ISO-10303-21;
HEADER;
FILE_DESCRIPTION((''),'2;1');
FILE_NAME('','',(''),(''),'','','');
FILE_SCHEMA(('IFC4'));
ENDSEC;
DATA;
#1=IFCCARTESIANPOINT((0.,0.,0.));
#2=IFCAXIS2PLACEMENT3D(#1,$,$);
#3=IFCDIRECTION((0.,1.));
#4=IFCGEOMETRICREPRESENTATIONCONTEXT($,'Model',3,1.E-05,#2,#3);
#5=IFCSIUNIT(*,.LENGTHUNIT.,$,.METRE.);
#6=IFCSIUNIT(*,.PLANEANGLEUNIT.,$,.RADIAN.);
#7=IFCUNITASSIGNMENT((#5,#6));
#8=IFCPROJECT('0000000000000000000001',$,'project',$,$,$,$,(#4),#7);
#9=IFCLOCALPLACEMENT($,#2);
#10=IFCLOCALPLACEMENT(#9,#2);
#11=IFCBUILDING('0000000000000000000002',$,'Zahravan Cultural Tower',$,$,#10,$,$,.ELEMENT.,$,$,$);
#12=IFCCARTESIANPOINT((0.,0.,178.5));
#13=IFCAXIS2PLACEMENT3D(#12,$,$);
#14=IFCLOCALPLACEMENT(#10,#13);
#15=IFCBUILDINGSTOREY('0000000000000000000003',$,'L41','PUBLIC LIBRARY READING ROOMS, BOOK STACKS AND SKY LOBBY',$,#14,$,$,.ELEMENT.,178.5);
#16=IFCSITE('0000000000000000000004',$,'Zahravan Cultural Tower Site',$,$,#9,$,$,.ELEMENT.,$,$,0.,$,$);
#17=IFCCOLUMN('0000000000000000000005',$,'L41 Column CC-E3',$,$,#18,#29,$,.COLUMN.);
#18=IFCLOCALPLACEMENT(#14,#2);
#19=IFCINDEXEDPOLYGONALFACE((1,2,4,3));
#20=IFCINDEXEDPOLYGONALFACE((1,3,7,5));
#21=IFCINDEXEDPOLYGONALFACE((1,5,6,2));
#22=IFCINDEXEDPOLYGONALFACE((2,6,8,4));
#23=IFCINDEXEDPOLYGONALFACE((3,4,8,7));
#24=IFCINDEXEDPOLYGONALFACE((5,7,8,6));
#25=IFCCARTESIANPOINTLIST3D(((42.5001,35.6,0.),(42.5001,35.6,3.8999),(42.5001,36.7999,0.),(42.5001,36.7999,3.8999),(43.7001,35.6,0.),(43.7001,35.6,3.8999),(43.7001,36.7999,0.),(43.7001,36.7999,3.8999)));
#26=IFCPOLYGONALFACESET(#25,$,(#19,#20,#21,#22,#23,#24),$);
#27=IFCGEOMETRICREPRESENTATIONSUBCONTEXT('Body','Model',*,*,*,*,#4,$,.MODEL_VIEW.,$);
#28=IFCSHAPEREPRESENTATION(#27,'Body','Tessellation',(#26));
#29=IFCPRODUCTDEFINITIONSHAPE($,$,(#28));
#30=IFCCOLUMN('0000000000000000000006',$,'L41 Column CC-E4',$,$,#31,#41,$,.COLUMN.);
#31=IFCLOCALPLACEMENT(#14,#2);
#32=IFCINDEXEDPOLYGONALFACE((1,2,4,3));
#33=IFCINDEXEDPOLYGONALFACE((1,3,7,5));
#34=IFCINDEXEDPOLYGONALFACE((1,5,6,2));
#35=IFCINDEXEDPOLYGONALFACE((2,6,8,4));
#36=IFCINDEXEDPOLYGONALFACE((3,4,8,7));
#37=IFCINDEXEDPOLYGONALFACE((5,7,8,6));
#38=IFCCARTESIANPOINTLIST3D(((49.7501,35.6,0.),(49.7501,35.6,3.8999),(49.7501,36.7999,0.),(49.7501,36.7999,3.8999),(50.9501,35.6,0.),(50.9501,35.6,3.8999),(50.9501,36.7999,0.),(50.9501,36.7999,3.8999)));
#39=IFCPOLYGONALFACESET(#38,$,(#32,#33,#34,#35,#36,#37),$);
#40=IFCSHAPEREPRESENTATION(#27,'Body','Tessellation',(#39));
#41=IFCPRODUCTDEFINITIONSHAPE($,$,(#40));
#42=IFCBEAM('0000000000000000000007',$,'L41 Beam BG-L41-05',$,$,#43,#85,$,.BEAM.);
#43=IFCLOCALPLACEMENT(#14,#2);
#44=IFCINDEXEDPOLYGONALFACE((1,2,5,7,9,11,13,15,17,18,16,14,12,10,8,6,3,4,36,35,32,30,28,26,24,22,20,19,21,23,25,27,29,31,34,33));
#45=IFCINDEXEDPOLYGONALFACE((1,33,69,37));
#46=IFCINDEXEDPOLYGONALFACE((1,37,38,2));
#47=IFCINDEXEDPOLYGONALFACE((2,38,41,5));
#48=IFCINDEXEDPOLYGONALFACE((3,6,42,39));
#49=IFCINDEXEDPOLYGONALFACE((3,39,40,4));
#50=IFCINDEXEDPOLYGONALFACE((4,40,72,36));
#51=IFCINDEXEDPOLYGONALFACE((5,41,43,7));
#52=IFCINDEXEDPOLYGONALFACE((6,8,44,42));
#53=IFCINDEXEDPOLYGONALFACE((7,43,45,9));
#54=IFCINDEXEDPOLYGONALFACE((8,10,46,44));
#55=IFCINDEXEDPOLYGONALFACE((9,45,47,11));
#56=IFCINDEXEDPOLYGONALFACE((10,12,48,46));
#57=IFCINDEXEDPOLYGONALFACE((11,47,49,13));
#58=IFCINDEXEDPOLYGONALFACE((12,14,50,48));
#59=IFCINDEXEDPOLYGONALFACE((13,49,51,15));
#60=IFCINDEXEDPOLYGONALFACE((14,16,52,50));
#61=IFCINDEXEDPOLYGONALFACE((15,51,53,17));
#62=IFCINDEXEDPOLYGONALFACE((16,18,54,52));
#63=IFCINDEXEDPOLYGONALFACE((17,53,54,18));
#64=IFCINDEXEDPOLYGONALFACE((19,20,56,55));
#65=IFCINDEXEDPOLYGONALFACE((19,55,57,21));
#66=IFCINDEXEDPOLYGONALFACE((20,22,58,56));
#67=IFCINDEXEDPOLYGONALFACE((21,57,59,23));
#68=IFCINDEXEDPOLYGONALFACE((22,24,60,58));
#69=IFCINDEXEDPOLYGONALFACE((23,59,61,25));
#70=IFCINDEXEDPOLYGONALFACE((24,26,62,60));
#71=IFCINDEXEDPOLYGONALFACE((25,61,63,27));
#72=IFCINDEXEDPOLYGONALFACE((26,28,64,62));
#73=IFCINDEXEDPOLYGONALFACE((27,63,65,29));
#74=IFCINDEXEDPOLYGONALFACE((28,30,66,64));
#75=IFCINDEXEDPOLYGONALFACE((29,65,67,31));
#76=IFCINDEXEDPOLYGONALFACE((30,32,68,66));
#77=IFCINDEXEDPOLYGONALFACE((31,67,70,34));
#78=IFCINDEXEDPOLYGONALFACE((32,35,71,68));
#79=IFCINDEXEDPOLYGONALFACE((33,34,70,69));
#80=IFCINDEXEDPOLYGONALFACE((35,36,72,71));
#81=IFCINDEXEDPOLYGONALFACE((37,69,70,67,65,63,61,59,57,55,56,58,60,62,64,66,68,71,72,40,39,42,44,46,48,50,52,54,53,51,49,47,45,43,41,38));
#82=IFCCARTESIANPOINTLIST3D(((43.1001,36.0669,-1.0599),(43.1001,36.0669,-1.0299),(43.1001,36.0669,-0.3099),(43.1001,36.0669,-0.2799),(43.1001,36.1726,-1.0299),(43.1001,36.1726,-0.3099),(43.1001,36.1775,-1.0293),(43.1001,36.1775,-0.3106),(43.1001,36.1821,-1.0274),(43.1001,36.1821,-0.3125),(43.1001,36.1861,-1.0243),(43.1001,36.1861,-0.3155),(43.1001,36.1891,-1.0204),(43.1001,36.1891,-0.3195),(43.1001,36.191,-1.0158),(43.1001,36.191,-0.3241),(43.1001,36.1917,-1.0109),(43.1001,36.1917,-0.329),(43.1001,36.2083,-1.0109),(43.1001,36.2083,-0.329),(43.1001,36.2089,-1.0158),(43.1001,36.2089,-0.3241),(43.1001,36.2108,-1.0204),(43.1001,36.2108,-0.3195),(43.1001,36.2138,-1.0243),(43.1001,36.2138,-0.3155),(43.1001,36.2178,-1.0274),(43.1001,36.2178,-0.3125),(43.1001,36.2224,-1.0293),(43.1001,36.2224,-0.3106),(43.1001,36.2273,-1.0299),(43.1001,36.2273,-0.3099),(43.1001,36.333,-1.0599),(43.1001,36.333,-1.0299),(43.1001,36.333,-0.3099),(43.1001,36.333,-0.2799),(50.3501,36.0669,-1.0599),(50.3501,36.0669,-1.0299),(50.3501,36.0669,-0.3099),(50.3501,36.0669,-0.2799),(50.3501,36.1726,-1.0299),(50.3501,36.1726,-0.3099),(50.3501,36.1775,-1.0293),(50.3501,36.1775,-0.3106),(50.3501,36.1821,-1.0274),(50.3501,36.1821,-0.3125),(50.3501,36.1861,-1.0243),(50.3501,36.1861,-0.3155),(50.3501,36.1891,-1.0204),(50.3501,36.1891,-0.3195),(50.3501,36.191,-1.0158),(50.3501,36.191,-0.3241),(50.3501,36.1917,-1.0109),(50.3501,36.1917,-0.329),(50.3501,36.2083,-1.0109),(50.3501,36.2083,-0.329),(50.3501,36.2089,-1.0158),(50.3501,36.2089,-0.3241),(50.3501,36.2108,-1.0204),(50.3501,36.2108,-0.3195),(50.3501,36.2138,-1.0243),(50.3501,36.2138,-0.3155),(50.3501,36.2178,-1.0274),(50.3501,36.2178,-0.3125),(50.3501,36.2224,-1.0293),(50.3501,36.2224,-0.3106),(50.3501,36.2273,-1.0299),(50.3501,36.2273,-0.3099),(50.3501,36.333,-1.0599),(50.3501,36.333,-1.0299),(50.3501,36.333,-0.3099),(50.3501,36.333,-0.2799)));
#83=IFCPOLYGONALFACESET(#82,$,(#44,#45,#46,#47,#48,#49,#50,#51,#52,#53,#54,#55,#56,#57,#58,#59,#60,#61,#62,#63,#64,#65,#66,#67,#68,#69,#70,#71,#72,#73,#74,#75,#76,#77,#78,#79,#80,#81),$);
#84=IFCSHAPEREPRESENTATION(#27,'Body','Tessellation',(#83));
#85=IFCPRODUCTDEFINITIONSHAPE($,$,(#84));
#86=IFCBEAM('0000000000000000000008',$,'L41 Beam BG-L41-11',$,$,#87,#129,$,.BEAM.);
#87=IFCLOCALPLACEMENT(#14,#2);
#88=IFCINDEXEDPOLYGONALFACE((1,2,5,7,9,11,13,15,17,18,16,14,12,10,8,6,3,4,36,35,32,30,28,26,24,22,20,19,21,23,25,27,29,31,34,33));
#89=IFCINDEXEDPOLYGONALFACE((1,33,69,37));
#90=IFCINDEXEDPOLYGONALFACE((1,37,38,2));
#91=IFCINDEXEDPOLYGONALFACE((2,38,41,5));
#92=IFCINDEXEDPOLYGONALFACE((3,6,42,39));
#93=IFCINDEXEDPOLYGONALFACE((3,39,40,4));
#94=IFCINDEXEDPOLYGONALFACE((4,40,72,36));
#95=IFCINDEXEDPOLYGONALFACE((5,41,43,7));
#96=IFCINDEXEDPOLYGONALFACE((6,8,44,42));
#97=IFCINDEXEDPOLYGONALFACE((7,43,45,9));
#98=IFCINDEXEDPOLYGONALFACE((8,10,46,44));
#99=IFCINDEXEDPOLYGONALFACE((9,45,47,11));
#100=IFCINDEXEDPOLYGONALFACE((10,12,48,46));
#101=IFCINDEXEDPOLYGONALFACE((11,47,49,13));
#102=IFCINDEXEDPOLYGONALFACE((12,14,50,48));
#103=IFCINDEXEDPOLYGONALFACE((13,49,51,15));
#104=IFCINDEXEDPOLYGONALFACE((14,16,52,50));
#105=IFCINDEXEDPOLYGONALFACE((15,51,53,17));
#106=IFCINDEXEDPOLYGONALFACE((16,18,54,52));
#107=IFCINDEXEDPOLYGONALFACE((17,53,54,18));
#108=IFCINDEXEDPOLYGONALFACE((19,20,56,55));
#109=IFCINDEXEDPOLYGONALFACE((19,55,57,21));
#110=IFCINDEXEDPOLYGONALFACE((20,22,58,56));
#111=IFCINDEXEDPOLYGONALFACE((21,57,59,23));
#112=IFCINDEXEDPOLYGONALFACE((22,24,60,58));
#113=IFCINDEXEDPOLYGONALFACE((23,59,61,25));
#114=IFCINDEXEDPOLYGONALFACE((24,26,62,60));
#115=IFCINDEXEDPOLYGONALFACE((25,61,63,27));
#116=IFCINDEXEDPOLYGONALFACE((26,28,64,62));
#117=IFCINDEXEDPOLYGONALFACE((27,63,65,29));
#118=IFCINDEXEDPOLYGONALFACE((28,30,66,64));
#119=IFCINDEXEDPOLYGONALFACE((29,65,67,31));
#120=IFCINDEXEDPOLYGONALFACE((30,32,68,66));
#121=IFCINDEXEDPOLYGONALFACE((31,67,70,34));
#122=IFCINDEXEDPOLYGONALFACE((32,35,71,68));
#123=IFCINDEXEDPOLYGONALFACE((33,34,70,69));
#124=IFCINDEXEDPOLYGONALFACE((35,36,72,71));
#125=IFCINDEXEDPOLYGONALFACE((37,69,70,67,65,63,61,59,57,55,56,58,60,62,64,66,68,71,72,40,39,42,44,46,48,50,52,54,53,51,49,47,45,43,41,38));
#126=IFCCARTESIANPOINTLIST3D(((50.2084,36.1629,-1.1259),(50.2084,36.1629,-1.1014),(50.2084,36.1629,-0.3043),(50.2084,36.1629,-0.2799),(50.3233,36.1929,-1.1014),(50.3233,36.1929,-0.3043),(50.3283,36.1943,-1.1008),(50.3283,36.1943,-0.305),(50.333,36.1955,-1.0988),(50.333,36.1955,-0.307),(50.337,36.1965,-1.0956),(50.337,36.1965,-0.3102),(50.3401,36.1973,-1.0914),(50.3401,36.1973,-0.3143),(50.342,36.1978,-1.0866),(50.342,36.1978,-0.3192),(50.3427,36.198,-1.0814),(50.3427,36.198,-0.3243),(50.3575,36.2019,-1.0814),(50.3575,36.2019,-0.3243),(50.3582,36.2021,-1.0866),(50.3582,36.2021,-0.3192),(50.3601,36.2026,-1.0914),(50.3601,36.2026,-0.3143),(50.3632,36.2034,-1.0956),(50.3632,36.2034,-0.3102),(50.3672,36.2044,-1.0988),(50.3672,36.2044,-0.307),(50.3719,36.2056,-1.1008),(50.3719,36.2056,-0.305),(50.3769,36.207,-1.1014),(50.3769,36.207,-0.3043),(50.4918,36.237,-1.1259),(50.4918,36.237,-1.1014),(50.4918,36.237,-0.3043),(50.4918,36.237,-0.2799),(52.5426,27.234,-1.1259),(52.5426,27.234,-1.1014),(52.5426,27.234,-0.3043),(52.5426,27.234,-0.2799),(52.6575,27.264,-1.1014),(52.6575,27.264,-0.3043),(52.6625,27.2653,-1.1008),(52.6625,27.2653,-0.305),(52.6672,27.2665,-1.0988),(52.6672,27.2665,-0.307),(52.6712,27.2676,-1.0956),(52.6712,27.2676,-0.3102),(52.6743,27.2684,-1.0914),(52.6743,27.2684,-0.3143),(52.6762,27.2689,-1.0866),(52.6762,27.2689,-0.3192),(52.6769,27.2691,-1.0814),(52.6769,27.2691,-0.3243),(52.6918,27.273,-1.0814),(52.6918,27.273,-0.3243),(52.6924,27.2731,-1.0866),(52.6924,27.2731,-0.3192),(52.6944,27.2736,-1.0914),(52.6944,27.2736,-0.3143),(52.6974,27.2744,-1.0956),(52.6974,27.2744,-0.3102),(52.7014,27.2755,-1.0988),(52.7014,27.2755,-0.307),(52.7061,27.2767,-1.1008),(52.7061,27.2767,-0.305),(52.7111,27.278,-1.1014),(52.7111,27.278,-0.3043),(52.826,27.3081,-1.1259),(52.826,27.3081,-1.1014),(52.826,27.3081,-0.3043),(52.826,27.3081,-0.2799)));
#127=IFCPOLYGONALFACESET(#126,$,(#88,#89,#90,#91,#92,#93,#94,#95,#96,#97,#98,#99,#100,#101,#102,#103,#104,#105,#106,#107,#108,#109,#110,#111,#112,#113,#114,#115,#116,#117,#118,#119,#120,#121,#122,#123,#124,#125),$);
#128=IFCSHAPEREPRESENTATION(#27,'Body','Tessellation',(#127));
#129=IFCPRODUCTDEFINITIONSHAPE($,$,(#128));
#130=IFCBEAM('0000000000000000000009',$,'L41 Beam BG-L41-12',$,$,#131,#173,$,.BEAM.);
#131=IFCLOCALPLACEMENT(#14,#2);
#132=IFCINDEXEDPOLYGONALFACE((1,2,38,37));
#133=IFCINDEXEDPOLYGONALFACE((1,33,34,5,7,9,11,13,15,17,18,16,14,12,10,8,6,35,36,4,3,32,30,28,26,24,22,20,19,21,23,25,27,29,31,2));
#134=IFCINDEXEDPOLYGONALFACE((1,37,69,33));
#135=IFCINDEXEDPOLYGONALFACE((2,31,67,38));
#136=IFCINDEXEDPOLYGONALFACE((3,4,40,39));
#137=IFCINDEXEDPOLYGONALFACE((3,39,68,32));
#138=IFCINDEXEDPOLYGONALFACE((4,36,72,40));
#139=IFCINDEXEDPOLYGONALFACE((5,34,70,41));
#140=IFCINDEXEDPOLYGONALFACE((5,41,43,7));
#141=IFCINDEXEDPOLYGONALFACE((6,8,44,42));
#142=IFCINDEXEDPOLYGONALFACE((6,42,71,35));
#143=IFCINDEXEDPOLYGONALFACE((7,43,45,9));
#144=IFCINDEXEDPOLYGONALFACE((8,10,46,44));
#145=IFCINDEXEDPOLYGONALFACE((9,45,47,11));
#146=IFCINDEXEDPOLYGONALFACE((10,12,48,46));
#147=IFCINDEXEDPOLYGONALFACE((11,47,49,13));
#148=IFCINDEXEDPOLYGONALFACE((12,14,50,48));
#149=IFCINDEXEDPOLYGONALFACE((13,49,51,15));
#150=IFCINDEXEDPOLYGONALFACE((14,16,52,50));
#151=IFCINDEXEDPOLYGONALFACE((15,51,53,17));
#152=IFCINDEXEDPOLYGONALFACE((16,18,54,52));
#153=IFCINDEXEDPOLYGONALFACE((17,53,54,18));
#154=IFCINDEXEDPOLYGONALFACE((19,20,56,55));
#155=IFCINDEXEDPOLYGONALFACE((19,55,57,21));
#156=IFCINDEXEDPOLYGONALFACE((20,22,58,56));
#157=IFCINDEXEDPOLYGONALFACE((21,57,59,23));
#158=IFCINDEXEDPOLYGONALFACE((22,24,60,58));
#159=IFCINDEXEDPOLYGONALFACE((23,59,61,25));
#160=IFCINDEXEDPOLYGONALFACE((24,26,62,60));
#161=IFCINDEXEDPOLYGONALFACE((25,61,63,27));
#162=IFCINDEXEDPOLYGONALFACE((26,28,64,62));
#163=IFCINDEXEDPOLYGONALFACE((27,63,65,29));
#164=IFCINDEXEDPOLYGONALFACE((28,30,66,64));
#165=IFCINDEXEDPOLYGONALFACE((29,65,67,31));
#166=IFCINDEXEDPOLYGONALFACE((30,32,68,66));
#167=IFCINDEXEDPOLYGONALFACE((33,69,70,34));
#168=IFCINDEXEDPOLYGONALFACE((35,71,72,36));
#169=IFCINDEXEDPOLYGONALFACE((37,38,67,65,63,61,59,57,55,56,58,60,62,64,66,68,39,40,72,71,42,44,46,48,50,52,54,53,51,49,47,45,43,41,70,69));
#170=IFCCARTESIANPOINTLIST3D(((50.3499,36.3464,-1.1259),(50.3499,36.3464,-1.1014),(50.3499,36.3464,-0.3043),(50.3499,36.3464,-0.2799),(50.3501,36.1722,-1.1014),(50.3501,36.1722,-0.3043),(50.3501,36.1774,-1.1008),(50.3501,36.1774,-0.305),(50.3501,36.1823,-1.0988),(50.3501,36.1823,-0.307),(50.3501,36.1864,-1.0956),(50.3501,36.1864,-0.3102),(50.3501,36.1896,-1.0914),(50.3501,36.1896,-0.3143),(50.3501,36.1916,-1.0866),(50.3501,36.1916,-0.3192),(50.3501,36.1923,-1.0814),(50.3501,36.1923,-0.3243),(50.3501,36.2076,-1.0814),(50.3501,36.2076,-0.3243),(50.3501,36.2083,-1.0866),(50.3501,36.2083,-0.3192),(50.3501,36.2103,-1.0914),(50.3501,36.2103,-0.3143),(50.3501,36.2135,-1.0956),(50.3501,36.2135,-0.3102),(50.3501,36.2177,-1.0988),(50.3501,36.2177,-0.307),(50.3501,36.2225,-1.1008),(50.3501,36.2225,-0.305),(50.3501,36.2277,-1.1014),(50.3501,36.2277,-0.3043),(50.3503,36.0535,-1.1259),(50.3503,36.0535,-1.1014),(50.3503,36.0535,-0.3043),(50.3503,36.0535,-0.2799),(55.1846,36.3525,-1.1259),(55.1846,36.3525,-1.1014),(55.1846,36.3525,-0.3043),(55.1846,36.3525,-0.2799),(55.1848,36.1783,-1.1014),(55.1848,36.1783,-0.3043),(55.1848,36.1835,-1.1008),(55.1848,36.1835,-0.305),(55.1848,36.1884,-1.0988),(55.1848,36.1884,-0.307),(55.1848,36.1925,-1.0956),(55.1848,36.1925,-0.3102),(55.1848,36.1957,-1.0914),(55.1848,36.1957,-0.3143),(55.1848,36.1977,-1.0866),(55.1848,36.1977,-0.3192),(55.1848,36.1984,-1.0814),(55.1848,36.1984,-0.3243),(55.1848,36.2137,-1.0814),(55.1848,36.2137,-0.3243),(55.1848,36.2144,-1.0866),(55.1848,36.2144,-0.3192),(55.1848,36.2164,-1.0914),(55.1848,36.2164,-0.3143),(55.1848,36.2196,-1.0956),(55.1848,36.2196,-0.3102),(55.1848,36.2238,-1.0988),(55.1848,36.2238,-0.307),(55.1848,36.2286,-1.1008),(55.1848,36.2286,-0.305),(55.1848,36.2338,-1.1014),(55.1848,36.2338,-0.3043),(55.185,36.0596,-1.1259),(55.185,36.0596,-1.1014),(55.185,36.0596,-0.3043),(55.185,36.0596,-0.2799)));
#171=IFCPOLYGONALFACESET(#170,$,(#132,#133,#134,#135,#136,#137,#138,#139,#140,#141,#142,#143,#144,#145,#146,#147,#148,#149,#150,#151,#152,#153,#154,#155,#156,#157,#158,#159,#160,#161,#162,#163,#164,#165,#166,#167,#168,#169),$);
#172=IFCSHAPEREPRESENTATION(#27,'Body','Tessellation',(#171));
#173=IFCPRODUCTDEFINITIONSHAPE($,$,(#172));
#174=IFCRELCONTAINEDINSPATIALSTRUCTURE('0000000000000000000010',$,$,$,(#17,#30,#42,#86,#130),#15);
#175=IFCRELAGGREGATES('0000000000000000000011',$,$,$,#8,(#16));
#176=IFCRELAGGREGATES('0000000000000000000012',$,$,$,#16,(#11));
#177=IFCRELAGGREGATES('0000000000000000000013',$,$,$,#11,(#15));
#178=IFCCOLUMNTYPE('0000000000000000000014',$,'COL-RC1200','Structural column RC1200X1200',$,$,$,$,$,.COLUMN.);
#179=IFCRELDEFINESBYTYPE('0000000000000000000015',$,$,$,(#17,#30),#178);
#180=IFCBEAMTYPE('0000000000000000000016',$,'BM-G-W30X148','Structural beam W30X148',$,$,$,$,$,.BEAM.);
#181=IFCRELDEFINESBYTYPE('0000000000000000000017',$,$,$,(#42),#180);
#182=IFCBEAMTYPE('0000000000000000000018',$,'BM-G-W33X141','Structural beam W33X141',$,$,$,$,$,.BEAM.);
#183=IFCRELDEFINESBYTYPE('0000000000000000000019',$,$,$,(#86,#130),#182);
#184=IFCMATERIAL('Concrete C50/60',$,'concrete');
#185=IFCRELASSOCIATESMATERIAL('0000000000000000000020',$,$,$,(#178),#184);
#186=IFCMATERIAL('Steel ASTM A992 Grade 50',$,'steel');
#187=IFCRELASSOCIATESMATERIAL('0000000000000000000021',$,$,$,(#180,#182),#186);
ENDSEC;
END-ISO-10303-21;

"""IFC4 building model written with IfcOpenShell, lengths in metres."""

from ifc_helpers import new_model, si_unit, direction, frame, origin, origin_2d, place, context, subcontext, project, spatial, rectangle, i_section, extrude, source, transform, mapped, material, material_profile, profile_set, type_object, element, save


model = new_model("IFC4")

# Units and contexts
model_context = context("Model", 3, precision=1e-05, world=origin(), true_north=direction((0.0, 1.0)))
body_context = subcontext(model_context, "Body", "Model", "MODEL_VIEW")
ifc_project = project(units=[si_unit("LENGTHUNIT", "METRE"), si_unit("PLANEANGLEUNIT", "RADIAN")], contexts=[model_context])

# Site, building, storey
site_placement = place(None, origin())
site = spatial("IfcSite", under=ifc_project, at=site_placement, Name="Zahravan Cultural Tower Site", CompositionType="ELEMENT", RefElevation=0.0)
building_placement = place(site_placement, origin())
building = spatial("IfcBuilding", under=site, at=building_placement, Name="Zahravan Cultural Tower", CompositionType="ELEMENT")
storey_placement = place(building_placement, frame((0.0, 0.0, 178.5)))
storey = spatial("IfcBuildingStorey", under=building, at=storey_placement, Name="L41", Description="PUBLIC LIBRARY READING ROOMS, BOOK STACKS AND SKY LOBBY", CompositionType="ELEMENT", Elevation=178.5)

# Columns
ifc_material_1 = material(Name="Concrete C50/60", Category="concrete")
ifc_material_profile_1 = material_profile(ifc_material_1, rectangle(XDim=1.2, YDim=1.2, at=origin_2d()), Name="RC1200X1200")
ifc_profile_set_1 = profile_set([ifc_material_profile_1], Name="Concrete C50/60")
column_type = type_object("IfcColumnType", Name="COL-RC1200", Description="Structural column RC1200X1200", PredefinedType="COLUMN", material=ifc_profile_set_1)
shared_shape_1 = source(origin(), body_context, "Body", "SweptSolid", [
    extrude(rectangle(XDim=1.2, YDim=1.2, at=origin_2d()), origin(), (0.0, 0.0, 1.0), 3.8999),
])
for number, where, z_axis, x_axis, name in (
    (1, (43.1001, 36.2, 0.0), (0.0, 0.0, 1.0), (1.0, 0.0, 0.0), "L41 Column CC-E3"),
    (2, (50.3501, 36.2, 0.0), (0.0, 0.0, 1.0), (1.0, 0.0, 0.0), "L41 Column CC-E4"),
):
    element("IfcColumn", number, at=place(storey_placement, frame(where, z_axis=z_axis, x_axis=x_axis)), inside=storey, type_object=column_type, Name=name, PredefinedType="COLUMN", context=body_context, shape_type="MappedRepresentation", body=[
        mapped(shared_shape_1, transform((0.0, 0.0, 0.0), x_axis=(1.0, 0.0, 0.0), y_axis=(0.0, 1.0, 0.0), z_axis=(0.0, 0.0, 1.0), scale=1.0)),
    ])

# Beams
ifc_material_2 = material(Name="Steel ASTM A992 Grade 50", Category="steel")
ifc_material_profile_2 = material_profile(ifc_material_2, i_section(OverallWidth=0.2661, OverallDepth=0.78, WebThickness=0.0166, FlangeThickness=0.03, FilletRadius=0.019, at=origin_2d()), Name="W30X148")
ifc_profile_set_2 = profile_set([ifc_material_profile_2], Name="Steel ASTM A992 Grade 50")
beam_type_1 = type_object("IfcBeamType", Name="BM-G-W30X148", Description="Structural beam W30X148", PredefinedType="BEAM", material=ifc_profile_set_2)
shared_shape_2 = source(origin(), body_context, "Body", "SweptSolid", [
    extrude(i_section(OverallWidth=0.2661, OverallDepth=0.78, WebThickness=0.0166, FlangeThickness=0.03, FilletRadius=0.019, at=origin_2d()), origin(), (0.0, 0.0, 1.0), 7.25),
])
beam_1_placement = place(storey_placement, frame((43.1001, 36.2, -0.6699), z_axis=(1.0, 0.0, 0.0), x_axis=(0.0, 1.0, 0.0)))
element("IfcBeam", 3, at=beam_1_placement, inside=storey, type_object=beam_type_1, Name="L41 Beam BG-L41-05", PredefinedType="BEAM", context=body_context, shape_type="MappedRepresentation", body=[
    mapped(shared_shape_2, transform((0.0, 0.0, 0.0), x_axis=(1.0, 0.0, 0.0), y_axis=(0.0, 1.0, 0.0), z_axis=(0.0, 0.0, 1.0), scale=1.0)),
])
ifc_material_profile_3 = material_profile(ifc_material_2, i_section(OverallWidth=0.293, OverallDepth=0.8459, WebThickness=0.0154, FlangeThickness=0.0244, FilletRadius=0.02, at=origin_2d()), Name="W33X141")
ifc_profile_set_3 = profile_set([ifc_material_profile_3], Name="Steel ASTM A992 Grade 50")
beam_type_2 = type_object("IfcBeamType", Name="BM-G-W33X141", Description="Structural beam W33X141", PredefinedType="BEAM", material=ifc_profile_set_3)
shared_shape_3 = source(origin(), body_context, "Body", "SweptSolid", [
    extrude(i_section(OverallWidth=0.293, OverallDepth=0.8459, WebThickness=0.0154, FlangeThickness=0.0244, FilletRadius=0.02, at=origin_2d()), origin(), (0.0, 0.0, 1.0), 9.229),
])
beam_2_placement = place(storey_placement, frame((50.3501, 36.2, -0.7029), z_axis=(0.252923, -0.967487, 0.0), x_axis=(0.967487, 0.252923, 0.0)))
element("IfcBeam", 4, at=beam_2_placement, inside=storey, type_object=beam_type_2, Name="L41 Beam BG-L41-11", PredefinedType="BEAM", context=body_context, shape_type="MappedRepresentation", body=[
    mapped(shared_shape_3, transform((0.0, 0.0, 0.0), x_axis=(1.0, 0.0, 0.0), y_axis=(0.0, 1.0, 0.0), z_axis=(0.0, 0.0, 1.0), scale=1.0)),
])
shared_shape_4 = source(origin(), body_context, "Body", "SweptSolid", [
    extrude(i_section(OverallWidth=0.293, OverallDepth=0.8459, WebThickness=0.0154, FlangeThickness=0.0244, FilletRadius=0.02, at=origin_2d()), origin(), (0.0, 0.0, 1.0), 4.8347),
])
beam_3_placement = place(storey_placement, frame((50.3501, 36.2, -0.7029), z_axis=(0.999999, 0.001262, 0.0), x_axis=(-0.001262, 0.999999, 0.0)))
element("IfcBeam", 5, at=beam_3_placement, inside=storey, type_object=beam_type_2, Name="L41 Beam BG-L41-12", PredefinedType="BEAM", context=body_context, shape_type="MappedRepresentation", body=[
    mapped(shared_shape_4, transform((0.0, 0.0, 0.0), x_axis=(1.0, 0.0, 0.0), y_axis=(0.0, 1.0, 0.0), z_axis=(0.0, 0.0, 1.0), scale=1.0)),
])

save(model, "model.ifc")
